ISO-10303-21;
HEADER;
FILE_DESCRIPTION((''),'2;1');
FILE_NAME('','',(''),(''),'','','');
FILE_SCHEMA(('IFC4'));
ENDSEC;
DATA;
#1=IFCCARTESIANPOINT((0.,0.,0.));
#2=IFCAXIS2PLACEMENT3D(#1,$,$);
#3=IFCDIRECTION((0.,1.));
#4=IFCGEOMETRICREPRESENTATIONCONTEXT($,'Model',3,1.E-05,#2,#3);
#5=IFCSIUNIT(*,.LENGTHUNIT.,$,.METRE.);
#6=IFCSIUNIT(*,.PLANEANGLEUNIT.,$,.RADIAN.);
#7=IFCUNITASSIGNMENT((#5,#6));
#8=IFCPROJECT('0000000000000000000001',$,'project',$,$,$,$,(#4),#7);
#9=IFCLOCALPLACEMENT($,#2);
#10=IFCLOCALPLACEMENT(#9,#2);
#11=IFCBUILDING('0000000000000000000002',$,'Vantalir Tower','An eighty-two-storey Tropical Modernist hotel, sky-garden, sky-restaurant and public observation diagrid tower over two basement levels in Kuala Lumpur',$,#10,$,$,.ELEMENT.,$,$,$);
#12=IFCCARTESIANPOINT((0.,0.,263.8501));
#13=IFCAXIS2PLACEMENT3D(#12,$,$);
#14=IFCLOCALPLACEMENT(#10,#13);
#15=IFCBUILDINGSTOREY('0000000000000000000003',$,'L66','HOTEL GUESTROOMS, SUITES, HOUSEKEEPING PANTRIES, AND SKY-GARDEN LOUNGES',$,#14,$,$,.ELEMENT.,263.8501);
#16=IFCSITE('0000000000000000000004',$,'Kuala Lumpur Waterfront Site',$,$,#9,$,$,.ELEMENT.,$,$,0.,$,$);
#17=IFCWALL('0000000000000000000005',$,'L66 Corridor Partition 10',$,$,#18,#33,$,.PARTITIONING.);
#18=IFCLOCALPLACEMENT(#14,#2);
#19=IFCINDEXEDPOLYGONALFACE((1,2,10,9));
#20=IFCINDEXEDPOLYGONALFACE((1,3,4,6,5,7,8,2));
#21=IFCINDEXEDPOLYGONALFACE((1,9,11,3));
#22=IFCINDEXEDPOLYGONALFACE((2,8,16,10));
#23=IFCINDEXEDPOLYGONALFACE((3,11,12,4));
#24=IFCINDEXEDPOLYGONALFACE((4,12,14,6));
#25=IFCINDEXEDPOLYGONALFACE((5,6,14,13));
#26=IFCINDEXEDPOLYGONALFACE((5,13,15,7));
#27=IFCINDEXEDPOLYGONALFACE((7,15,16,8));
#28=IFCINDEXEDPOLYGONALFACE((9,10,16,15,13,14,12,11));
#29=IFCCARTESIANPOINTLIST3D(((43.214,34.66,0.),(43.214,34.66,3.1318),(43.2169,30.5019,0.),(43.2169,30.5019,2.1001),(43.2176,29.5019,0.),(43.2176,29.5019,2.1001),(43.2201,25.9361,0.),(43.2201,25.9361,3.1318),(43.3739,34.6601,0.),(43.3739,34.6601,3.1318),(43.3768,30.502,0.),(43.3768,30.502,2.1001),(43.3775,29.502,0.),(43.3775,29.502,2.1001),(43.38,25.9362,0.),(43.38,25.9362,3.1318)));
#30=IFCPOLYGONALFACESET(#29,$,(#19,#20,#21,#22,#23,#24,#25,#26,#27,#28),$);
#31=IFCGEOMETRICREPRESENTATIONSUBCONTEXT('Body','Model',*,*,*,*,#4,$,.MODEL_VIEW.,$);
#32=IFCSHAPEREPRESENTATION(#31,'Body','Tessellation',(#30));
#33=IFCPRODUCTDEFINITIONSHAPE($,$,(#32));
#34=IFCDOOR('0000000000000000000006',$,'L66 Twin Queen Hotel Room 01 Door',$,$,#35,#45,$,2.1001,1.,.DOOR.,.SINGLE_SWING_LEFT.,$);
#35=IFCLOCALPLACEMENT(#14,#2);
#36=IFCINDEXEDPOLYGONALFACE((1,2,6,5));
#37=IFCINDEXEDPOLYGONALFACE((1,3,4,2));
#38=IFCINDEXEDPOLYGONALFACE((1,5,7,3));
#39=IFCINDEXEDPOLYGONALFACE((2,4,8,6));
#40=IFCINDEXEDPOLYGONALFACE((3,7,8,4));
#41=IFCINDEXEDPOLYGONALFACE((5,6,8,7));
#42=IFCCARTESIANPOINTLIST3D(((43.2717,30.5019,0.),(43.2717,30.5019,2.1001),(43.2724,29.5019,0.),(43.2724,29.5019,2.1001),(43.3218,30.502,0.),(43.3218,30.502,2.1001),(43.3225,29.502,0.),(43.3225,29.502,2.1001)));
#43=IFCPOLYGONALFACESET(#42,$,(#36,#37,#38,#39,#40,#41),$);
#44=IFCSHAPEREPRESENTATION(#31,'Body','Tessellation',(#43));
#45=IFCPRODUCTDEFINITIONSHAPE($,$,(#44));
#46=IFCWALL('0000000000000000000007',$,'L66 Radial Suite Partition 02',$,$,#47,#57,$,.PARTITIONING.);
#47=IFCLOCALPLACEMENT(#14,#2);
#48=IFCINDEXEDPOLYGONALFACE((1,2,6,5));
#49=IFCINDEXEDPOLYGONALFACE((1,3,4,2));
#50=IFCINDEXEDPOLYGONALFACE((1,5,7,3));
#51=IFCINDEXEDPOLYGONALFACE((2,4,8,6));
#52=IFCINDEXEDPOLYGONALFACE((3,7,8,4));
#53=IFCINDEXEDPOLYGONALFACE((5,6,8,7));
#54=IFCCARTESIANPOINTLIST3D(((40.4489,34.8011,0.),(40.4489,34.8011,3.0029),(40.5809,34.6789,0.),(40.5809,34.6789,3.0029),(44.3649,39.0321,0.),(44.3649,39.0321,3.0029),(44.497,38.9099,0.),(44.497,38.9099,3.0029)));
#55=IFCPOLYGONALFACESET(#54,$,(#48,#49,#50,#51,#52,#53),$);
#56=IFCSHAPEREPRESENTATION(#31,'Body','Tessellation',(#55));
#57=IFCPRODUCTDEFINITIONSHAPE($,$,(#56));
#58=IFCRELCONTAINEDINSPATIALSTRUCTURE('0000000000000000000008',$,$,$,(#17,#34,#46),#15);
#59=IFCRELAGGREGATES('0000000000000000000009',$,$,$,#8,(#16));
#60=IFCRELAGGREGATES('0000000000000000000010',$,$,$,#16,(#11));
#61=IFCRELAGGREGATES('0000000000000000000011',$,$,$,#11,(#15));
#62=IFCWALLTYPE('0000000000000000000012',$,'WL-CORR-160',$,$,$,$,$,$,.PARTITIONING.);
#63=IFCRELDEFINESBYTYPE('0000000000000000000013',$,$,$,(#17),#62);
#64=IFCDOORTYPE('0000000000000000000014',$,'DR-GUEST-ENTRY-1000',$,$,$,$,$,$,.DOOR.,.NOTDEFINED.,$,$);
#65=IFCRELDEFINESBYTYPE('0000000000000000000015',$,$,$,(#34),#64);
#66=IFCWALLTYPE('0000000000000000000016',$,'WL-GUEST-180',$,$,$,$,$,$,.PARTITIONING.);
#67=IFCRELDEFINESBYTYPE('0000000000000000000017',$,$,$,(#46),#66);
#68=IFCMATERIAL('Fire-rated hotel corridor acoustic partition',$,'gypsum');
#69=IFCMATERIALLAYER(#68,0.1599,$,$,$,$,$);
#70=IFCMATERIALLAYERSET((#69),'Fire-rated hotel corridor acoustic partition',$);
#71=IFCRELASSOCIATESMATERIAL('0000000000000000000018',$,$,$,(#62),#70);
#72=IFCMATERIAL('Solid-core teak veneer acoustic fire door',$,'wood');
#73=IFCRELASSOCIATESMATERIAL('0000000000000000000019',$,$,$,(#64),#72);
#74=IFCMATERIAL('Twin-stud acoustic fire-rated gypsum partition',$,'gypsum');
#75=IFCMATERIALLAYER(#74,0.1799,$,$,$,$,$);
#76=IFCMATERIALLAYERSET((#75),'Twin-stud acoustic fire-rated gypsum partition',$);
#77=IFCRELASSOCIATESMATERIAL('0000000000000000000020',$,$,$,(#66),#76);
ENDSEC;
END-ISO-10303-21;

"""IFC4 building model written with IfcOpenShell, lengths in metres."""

from ifc_helpers import new_model, si_unit, direction, frame, frame_2d, origin, place, context, subcontext, project, spatial, rectangle, extrude, material, layer, layer_set, type_object, element, fill, save


model = new_model("IFC4")

# Units and contexts
model_context = context("Model", 3, precision=1e-05, world=origin(), true_north=direction((0.0, 1.0)))
body_context = subcontext(model_context, "Body", "Model", "MODEL_VIEW")
ifc_project = project(units=[si_unit("LENGTHUNIT", "METRE"), si_unit("PLANEANGLEUNIT", "RADIAN")], contexts=[model_context])

# Site, building, storey
site_placement = place(None, origin())
site = spatial("IfcSite", under=ifc_project, at=site_placement, Name="Kuala Lumpur Waterfront Site", CompositionType="ELEMENT", RefElevation=0.0)
building_placement = place(site_placement, origin())
building = spatial("IfcBuilding", under=site, at=building_placement, Name="Vantalir Tower", Description="An eighty-two-storey Tropical Modernist hotel, sky-garden, sky-restaurant and public observation diagrid tower over two basement levels in Kuala Lumpur", CompositionType="ELEMENT")
storey_placement = place(building_placement, frame((0.0, 0.0, 263.8501)))
storey = spatial("IfcBuildingStorey", under=building, at=storey_placement, Name="L66", Description="HOTEL GUESTROOMS, SUITES, HOUSEKEEPING PANTRIES, AND SKY-GARDEN LOUNGES", CompositionType="ELEMENT", Elevation=263.8501)

# Shared definitions
ifc_material_1 = material(Name="Fire-rated hotel corridor acoustic partition", Category="gypsum")
ifc_layer_1 = layer(ifc_material_1, 0.1599)
ifc_layer_set_1 = layer_set([ifc_layer_1], Name="Fire-rated hotel corridor acoustic partition")
wall_type_1 = type_object("IfcWallType", Name="WL-CORR-160", PredefinedType="PARTITIONING", material=ifc_layer_set_1)

# Wall, opening, door
wall_1_placement = place(storey_placement, frame((43.2939, 34.6599, 0.0), z_axis=(0.0, 0.0, 1.0), x_axis=(0.0007, -1.0, 0.0)))
wall_1 = element("IfcWall", 1, at=wall_1_placement, inside=storey, type_object=wall_type_1, Name="L66 Corridor Partition 10", PredefinedType="PARTITIONING", context=body_context, shape_type="SweptSolid", body=[
    extrude(rectangle(XDim=8.7239, YDim=0.1599, at=frame_2d((4.3618, 0.0))), origin(), (0.0, 0.0, 1.0), 3.1318),
])
opening_placement = place(wall_1_placement, frame((4.158, 0.0, 0.0)))
opening = element("IfcOpeningElement", 2, at=opening_placement, cuts=wall_1, PredefinedType="OPENING", context=body_context, shape_type="SweptSolid", body=[
    extrude(rectangle(XDim=1.0, YDim=2.1001, at=frame_2d((0.5, 1.05))), frame((0.0, 0.0898, 0.0), z_axis=(0.0, -1.0, 0.0), x_axis=(1.0, 0.0, 0.0)), (0.0, 0.0, 1.0), 0.1799),
])
ifc_material_2 = material(Name="Solid-core teak veneer acoustic fire door", Category="wood")
door_type = type_object("IfcDoorType", Name="DR-GUEST-ENTRY-1000", OperationType="NOTDEFINED", PredefinedType="DOOR", material=ifc_material_2)
door_placement = place(opening_placement, origin())
door = element("IfcDoor", 3, at=door_placement, inside=storey, type_object=door_type, Name="L66 Twin Queen Hotel Room 01 Door", OperationType="SINGLE_SWING_LEFT", OverallHeight=2.1001, OverallWidth=1.0, PredefinedType="DOOR", context=body_context, shape_type="SweptSolid", body=[
    extrude(rectangle(XDim=1.0, YDim=2.1001, at=frame_2d((0.5, 1.05))), frame((0.0, 0.0249, 0.0), z_axis=(0.0, -1.0, 0.0), x_axis=(1.0, 0.0, 0.0)), (0.0, 0.0, 1.0), 0.05),
])
fill(opening, door)

# Wall
ifc_material_3 = material(Name="Twin-stud acoustic fire-rated gypsum partition", Category="gypsum")
ifc_layer_2 = layer(ifc_material_3, 0.1799)
ifc_layer_set_2 = layer_set([ifc_layer_2], Name="Twin-stud acoustic fire-rated gypsum partition")
wall_type_2 = type_object("IfcWallType", Name="WL-GUEST-180", PredefinedType="PARTITIONING", material=ifc_layer_set_2)
wall_2_placement = place(storey_placement, frame((40.5149, 34.74, 0.0), z_axis=(0.0, 0.0, 1.0), x_axis=(0.679264, 0.733894, 0.0)))
element("IfcWall", 4, at=wall_2_placement, inside=storey, type_object=wall_type_2, Name="L66 Radial Suite Partition 02", PredefinedType="PARTITIONING", context=body_context, shape_type="SweptSolid", body=[
    extrude(rectangle(XDim=5.7651, YDim=0.1799, at=frame_2d((2.8826, 0.0))), origin(), (0.0, 0.0, 1.0), 3.0029),
])

save(model, "model.ifc")
